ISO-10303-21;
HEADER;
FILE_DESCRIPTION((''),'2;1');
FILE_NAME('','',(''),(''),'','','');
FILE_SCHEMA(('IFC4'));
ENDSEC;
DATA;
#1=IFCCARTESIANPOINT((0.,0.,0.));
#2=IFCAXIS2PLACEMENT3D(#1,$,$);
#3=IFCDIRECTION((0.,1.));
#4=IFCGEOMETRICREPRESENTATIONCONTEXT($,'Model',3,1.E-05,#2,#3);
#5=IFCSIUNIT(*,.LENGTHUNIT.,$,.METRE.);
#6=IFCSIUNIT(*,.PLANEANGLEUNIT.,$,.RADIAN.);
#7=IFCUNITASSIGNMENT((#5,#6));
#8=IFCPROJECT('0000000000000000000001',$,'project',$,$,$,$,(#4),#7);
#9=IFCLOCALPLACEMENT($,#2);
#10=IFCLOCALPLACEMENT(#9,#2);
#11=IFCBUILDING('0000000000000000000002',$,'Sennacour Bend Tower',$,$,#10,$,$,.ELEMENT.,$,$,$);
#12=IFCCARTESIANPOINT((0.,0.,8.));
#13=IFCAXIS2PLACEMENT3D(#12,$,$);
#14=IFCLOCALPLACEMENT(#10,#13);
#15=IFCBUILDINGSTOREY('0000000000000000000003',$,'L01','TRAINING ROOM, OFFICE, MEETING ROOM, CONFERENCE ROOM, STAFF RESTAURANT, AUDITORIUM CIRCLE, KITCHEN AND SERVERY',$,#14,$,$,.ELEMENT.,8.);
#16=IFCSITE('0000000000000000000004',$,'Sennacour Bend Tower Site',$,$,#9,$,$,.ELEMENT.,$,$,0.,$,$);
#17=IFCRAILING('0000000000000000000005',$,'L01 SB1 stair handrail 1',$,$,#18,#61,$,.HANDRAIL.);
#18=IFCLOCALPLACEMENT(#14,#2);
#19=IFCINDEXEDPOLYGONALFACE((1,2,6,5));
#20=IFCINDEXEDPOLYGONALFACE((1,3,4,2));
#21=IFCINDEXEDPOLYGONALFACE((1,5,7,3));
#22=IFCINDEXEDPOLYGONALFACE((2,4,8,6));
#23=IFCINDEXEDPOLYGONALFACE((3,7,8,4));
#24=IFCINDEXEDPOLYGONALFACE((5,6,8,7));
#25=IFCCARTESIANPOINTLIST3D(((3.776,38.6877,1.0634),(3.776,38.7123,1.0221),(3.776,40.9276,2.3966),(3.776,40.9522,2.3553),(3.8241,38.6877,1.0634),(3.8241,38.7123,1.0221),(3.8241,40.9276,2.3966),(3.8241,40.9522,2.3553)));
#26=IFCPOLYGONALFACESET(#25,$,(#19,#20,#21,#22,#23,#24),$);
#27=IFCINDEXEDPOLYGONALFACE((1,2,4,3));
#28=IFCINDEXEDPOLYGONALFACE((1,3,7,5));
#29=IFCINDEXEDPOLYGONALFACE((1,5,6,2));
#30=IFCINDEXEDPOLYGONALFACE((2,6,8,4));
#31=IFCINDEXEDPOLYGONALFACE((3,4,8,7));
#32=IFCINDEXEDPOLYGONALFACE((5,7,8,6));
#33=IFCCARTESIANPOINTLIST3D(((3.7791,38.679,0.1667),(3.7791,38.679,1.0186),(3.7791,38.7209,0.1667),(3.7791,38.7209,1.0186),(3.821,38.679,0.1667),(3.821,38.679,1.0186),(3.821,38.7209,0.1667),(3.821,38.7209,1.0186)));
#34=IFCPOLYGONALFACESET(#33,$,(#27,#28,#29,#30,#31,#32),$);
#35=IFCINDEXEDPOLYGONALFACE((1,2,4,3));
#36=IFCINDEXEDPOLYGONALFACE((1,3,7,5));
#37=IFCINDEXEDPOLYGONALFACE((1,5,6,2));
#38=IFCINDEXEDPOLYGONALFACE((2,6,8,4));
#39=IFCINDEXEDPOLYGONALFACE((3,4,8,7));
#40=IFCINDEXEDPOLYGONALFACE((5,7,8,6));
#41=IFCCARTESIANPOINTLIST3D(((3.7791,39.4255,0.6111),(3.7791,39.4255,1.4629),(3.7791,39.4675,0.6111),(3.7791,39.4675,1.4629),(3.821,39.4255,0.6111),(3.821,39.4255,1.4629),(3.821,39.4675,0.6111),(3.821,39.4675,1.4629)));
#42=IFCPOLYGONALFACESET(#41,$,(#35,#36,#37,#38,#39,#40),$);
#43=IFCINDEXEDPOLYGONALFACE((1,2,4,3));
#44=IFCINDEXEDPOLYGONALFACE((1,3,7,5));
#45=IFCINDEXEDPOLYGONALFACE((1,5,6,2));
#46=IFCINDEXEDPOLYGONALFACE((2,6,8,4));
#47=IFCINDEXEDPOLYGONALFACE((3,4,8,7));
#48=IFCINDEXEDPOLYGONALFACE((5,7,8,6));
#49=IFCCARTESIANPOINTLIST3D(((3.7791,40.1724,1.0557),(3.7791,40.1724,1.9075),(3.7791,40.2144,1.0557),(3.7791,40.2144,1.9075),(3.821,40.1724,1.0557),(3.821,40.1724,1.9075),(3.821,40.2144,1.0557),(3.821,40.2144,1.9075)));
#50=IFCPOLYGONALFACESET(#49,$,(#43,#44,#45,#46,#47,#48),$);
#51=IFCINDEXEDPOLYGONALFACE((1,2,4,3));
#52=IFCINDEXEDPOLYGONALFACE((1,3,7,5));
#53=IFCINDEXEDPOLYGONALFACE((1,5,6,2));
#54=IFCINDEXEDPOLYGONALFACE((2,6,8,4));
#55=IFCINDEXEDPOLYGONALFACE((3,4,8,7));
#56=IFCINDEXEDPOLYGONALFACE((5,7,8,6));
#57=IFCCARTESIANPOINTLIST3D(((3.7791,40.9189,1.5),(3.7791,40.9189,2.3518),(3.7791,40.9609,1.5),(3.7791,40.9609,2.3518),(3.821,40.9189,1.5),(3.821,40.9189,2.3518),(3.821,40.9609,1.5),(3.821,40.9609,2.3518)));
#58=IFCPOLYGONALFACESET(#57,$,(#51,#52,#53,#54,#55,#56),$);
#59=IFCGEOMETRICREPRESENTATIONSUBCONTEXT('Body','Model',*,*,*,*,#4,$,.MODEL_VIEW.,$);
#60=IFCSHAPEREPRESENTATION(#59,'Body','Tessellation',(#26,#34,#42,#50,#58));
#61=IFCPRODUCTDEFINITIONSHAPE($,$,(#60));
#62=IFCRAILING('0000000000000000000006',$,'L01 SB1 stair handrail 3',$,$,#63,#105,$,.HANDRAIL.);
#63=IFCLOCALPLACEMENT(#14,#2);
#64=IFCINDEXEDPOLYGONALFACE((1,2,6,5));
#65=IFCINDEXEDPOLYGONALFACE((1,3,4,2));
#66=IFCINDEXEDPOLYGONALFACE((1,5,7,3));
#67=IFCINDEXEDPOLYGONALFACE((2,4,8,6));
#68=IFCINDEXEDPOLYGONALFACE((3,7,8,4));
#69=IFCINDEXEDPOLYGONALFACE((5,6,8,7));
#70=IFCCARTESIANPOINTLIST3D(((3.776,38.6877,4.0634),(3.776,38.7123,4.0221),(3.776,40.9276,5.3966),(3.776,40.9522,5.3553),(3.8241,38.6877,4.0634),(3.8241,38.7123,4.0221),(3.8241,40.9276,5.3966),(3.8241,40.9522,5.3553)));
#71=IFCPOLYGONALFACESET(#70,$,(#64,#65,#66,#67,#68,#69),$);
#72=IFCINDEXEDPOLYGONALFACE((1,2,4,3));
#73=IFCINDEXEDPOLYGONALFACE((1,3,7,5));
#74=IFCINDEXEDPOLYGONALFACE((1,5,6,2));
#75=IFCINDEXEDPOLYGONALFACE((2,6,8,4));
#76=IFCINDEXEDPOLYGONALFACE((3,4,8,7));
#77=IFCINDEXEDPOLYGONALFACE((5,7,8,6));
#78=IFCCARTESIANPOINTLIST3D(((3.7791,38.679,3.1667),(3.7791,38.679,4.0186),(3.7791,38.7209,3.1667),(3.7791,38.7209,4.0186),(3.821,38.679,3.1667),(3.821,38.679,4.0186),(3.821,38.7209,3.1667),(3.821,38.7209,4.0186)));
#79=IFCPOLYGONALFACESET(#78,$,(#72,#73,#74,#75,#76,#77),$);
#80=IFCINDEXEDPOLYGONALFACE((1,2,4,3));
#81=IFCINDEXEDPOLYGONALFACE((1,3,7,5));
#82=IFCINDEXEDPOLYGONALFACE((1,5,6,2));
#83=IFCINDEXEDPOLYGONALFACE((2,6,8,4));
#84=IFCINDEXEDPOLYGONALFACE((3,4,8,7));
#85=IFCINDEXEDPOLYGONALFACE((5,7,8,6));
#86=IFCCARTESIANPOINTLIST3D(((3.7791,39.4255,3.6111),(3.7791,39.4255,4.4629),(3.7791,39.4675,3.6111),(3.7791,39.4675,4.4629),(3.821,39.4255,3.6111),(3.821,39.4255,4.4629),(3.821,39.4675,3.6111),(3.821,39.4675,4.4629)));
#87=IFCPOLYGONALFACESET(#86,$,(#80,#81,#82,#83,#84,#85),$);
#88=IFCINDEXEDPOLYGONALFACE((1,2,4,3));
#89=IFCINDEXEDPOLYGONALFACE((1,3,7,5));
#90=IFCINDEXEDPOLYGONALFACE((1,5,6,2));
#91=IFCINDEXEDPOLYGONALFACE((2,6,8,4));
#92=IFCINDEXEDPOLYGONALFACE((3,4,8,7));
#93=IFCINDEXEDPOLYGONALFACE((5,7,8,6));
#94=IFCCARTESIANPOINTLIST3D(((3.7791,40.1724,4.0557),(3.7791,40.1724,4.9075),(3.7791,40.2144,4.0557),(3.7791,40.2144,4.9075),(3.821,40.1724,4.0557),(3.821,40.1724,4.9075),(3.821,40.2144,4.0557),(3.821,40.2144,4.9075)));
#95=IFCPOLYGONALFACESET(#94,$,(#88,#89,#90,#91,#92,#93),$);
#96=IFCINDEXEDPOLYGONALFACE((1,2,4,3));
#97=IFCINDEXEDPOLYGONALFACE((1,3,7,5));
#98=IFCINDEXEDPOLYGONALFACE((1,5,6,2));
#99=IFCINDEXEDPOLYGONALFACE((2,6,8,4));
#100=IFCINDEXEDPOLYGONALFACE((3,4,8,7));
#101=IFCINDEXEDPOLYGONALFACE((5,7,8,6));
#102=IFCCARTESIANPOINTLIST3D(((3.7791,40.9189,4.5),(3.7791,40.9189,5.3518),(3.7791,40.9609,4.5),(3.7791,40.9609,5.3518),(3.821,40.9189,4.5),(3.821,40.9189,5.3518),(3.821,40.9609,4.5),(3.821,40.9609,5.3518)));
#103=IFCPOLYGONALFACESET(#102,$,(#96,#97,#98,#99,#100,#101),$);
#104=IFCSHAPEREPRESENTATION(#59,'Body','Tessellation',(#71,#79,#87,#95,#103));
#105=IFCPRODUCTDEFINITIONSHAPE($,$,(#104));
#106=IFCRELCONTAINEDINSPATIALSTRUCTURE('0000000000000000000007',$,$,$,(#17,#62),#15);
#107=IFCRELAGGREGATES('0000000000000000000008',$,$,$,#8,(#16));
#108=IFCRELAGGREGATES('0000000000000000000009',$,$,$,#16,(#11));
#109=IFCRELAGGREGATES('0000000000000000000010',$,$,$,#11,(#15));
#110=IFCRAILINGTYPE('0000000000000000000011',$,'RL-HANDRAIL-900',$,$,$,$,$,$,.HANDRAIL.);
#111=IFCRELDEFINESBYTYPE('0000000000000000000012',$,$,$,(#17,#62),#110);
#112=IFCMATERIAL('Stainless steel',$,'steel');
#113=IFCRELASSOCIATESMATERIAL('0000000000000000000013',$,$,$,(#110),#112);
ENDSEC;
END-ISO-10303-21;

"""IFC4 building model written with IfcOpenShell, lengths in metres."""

from ifc_helpers import new_model, si_unit, direction, frame, origin, origin_2d, place, context, subcontext, project, spatial, rectangle, extrude, material, type_object, element, save


model = new_model("IFC4")

# Units and contexts
model_context = context("Model", 3, precision=1e-05, world=origin(), true_north=direction((0.0, 1.0)))
body_context = subcontext(model_context, "Body", "Model", "MODEL_VIEW")
ifc_project = project(units=[si_unit("LENGTHUNIT", "METRE"), si_unit("PLANEANGLEUNIT", "RADIAN")], contexts=[model_context])

# Site, building, storey
site_placement = place(None, origin())
site = spatial("IfcSite", under=ifc_project, at=site_placement, Name="Sennacour Bend Tower Site", CompositionType="ELEMENT", RefElevation=0.0)
building_placement = place(site_placement, origin())
building = spatial("IfcBuilding", under=site, at=building_placement, Name="Sennacour Bend Tower", CompositionType="ELEMENT")
storey_placement = place(building_placement, frame((0.0, 0.0, 8.0)))
storey = spatial("IfcBuildingStorey", under=building, at=storey_placement, Name="L01", Description="TRAINING ROOM, OFFICE, MEETING ROOM, CONFERENCE ROOM, STAFF RESTAURANT, AUDITORIUM CIRCLE, KITCHEN AND SERVERY", CompositionType="ELEMENT", Elevation=8.0)

# Shared definitions
ifc_material_1 = material(Name="Stainless steel", Category="steel")

# Railings
railing_type_1 = type_object("IfcRailingType", Name="RL-HANDRAIL-900", PredefinedType="HANDRAIL", material=ifc_material_1)
for number, where, name in (
    (1, (3.8, 38.7, 0.1667), "L01 SB1 stair handrail 1"),
    (2, (3.8, 38.7, 3.1667), "L01 SB1 stair handrail 3"),
):
    element("IfcRailing", number, at=place(storey_placement, frame(where)), inside=storey, type_object=railing_type_1, Name=name, PredefinedType="HANDRAIL", context=body_context, shape_type="SweptSolid", body=[
        extrude(rectangle(XDim=0.0481, YDim=0.0481, at=origin_2d()), frame((0.0, 0.0, 0.876), z_axis=(0.0, 0.859306, 0.511462), x_axis=(-1.0, 0.0, 0.0)), (0.0, 0.0, 1.0), 2.6067),
        extrude(rectangle(XDim=0.042, YDim=0.042, at=origin_2d()), origin(), (0.0, 0.0, 1.0), 0.8518),
        extrude(rectangle(XDim=0.042, YDim=0.042, at=origin_2d()), frame((0.0, 0.7466, 0.4443)), (0.0, 0.0, 1.0), 0.8518),
        extrude(rectangle(XDim=0.042, YDim=0.042, at=origin_2d()), frame((0.0, 1.4934, 0.8889)), (0.0, 0.0, 1.0), 0.8518),
        extrude(rectangle(XDim=0.042, YDim=0.042, at=origin_2d()), frame((0.0, 2.24, 1.3333)), (0.0, 0.0, 1.0), 0.8518),
    ])

save(model, "model.ifc")
